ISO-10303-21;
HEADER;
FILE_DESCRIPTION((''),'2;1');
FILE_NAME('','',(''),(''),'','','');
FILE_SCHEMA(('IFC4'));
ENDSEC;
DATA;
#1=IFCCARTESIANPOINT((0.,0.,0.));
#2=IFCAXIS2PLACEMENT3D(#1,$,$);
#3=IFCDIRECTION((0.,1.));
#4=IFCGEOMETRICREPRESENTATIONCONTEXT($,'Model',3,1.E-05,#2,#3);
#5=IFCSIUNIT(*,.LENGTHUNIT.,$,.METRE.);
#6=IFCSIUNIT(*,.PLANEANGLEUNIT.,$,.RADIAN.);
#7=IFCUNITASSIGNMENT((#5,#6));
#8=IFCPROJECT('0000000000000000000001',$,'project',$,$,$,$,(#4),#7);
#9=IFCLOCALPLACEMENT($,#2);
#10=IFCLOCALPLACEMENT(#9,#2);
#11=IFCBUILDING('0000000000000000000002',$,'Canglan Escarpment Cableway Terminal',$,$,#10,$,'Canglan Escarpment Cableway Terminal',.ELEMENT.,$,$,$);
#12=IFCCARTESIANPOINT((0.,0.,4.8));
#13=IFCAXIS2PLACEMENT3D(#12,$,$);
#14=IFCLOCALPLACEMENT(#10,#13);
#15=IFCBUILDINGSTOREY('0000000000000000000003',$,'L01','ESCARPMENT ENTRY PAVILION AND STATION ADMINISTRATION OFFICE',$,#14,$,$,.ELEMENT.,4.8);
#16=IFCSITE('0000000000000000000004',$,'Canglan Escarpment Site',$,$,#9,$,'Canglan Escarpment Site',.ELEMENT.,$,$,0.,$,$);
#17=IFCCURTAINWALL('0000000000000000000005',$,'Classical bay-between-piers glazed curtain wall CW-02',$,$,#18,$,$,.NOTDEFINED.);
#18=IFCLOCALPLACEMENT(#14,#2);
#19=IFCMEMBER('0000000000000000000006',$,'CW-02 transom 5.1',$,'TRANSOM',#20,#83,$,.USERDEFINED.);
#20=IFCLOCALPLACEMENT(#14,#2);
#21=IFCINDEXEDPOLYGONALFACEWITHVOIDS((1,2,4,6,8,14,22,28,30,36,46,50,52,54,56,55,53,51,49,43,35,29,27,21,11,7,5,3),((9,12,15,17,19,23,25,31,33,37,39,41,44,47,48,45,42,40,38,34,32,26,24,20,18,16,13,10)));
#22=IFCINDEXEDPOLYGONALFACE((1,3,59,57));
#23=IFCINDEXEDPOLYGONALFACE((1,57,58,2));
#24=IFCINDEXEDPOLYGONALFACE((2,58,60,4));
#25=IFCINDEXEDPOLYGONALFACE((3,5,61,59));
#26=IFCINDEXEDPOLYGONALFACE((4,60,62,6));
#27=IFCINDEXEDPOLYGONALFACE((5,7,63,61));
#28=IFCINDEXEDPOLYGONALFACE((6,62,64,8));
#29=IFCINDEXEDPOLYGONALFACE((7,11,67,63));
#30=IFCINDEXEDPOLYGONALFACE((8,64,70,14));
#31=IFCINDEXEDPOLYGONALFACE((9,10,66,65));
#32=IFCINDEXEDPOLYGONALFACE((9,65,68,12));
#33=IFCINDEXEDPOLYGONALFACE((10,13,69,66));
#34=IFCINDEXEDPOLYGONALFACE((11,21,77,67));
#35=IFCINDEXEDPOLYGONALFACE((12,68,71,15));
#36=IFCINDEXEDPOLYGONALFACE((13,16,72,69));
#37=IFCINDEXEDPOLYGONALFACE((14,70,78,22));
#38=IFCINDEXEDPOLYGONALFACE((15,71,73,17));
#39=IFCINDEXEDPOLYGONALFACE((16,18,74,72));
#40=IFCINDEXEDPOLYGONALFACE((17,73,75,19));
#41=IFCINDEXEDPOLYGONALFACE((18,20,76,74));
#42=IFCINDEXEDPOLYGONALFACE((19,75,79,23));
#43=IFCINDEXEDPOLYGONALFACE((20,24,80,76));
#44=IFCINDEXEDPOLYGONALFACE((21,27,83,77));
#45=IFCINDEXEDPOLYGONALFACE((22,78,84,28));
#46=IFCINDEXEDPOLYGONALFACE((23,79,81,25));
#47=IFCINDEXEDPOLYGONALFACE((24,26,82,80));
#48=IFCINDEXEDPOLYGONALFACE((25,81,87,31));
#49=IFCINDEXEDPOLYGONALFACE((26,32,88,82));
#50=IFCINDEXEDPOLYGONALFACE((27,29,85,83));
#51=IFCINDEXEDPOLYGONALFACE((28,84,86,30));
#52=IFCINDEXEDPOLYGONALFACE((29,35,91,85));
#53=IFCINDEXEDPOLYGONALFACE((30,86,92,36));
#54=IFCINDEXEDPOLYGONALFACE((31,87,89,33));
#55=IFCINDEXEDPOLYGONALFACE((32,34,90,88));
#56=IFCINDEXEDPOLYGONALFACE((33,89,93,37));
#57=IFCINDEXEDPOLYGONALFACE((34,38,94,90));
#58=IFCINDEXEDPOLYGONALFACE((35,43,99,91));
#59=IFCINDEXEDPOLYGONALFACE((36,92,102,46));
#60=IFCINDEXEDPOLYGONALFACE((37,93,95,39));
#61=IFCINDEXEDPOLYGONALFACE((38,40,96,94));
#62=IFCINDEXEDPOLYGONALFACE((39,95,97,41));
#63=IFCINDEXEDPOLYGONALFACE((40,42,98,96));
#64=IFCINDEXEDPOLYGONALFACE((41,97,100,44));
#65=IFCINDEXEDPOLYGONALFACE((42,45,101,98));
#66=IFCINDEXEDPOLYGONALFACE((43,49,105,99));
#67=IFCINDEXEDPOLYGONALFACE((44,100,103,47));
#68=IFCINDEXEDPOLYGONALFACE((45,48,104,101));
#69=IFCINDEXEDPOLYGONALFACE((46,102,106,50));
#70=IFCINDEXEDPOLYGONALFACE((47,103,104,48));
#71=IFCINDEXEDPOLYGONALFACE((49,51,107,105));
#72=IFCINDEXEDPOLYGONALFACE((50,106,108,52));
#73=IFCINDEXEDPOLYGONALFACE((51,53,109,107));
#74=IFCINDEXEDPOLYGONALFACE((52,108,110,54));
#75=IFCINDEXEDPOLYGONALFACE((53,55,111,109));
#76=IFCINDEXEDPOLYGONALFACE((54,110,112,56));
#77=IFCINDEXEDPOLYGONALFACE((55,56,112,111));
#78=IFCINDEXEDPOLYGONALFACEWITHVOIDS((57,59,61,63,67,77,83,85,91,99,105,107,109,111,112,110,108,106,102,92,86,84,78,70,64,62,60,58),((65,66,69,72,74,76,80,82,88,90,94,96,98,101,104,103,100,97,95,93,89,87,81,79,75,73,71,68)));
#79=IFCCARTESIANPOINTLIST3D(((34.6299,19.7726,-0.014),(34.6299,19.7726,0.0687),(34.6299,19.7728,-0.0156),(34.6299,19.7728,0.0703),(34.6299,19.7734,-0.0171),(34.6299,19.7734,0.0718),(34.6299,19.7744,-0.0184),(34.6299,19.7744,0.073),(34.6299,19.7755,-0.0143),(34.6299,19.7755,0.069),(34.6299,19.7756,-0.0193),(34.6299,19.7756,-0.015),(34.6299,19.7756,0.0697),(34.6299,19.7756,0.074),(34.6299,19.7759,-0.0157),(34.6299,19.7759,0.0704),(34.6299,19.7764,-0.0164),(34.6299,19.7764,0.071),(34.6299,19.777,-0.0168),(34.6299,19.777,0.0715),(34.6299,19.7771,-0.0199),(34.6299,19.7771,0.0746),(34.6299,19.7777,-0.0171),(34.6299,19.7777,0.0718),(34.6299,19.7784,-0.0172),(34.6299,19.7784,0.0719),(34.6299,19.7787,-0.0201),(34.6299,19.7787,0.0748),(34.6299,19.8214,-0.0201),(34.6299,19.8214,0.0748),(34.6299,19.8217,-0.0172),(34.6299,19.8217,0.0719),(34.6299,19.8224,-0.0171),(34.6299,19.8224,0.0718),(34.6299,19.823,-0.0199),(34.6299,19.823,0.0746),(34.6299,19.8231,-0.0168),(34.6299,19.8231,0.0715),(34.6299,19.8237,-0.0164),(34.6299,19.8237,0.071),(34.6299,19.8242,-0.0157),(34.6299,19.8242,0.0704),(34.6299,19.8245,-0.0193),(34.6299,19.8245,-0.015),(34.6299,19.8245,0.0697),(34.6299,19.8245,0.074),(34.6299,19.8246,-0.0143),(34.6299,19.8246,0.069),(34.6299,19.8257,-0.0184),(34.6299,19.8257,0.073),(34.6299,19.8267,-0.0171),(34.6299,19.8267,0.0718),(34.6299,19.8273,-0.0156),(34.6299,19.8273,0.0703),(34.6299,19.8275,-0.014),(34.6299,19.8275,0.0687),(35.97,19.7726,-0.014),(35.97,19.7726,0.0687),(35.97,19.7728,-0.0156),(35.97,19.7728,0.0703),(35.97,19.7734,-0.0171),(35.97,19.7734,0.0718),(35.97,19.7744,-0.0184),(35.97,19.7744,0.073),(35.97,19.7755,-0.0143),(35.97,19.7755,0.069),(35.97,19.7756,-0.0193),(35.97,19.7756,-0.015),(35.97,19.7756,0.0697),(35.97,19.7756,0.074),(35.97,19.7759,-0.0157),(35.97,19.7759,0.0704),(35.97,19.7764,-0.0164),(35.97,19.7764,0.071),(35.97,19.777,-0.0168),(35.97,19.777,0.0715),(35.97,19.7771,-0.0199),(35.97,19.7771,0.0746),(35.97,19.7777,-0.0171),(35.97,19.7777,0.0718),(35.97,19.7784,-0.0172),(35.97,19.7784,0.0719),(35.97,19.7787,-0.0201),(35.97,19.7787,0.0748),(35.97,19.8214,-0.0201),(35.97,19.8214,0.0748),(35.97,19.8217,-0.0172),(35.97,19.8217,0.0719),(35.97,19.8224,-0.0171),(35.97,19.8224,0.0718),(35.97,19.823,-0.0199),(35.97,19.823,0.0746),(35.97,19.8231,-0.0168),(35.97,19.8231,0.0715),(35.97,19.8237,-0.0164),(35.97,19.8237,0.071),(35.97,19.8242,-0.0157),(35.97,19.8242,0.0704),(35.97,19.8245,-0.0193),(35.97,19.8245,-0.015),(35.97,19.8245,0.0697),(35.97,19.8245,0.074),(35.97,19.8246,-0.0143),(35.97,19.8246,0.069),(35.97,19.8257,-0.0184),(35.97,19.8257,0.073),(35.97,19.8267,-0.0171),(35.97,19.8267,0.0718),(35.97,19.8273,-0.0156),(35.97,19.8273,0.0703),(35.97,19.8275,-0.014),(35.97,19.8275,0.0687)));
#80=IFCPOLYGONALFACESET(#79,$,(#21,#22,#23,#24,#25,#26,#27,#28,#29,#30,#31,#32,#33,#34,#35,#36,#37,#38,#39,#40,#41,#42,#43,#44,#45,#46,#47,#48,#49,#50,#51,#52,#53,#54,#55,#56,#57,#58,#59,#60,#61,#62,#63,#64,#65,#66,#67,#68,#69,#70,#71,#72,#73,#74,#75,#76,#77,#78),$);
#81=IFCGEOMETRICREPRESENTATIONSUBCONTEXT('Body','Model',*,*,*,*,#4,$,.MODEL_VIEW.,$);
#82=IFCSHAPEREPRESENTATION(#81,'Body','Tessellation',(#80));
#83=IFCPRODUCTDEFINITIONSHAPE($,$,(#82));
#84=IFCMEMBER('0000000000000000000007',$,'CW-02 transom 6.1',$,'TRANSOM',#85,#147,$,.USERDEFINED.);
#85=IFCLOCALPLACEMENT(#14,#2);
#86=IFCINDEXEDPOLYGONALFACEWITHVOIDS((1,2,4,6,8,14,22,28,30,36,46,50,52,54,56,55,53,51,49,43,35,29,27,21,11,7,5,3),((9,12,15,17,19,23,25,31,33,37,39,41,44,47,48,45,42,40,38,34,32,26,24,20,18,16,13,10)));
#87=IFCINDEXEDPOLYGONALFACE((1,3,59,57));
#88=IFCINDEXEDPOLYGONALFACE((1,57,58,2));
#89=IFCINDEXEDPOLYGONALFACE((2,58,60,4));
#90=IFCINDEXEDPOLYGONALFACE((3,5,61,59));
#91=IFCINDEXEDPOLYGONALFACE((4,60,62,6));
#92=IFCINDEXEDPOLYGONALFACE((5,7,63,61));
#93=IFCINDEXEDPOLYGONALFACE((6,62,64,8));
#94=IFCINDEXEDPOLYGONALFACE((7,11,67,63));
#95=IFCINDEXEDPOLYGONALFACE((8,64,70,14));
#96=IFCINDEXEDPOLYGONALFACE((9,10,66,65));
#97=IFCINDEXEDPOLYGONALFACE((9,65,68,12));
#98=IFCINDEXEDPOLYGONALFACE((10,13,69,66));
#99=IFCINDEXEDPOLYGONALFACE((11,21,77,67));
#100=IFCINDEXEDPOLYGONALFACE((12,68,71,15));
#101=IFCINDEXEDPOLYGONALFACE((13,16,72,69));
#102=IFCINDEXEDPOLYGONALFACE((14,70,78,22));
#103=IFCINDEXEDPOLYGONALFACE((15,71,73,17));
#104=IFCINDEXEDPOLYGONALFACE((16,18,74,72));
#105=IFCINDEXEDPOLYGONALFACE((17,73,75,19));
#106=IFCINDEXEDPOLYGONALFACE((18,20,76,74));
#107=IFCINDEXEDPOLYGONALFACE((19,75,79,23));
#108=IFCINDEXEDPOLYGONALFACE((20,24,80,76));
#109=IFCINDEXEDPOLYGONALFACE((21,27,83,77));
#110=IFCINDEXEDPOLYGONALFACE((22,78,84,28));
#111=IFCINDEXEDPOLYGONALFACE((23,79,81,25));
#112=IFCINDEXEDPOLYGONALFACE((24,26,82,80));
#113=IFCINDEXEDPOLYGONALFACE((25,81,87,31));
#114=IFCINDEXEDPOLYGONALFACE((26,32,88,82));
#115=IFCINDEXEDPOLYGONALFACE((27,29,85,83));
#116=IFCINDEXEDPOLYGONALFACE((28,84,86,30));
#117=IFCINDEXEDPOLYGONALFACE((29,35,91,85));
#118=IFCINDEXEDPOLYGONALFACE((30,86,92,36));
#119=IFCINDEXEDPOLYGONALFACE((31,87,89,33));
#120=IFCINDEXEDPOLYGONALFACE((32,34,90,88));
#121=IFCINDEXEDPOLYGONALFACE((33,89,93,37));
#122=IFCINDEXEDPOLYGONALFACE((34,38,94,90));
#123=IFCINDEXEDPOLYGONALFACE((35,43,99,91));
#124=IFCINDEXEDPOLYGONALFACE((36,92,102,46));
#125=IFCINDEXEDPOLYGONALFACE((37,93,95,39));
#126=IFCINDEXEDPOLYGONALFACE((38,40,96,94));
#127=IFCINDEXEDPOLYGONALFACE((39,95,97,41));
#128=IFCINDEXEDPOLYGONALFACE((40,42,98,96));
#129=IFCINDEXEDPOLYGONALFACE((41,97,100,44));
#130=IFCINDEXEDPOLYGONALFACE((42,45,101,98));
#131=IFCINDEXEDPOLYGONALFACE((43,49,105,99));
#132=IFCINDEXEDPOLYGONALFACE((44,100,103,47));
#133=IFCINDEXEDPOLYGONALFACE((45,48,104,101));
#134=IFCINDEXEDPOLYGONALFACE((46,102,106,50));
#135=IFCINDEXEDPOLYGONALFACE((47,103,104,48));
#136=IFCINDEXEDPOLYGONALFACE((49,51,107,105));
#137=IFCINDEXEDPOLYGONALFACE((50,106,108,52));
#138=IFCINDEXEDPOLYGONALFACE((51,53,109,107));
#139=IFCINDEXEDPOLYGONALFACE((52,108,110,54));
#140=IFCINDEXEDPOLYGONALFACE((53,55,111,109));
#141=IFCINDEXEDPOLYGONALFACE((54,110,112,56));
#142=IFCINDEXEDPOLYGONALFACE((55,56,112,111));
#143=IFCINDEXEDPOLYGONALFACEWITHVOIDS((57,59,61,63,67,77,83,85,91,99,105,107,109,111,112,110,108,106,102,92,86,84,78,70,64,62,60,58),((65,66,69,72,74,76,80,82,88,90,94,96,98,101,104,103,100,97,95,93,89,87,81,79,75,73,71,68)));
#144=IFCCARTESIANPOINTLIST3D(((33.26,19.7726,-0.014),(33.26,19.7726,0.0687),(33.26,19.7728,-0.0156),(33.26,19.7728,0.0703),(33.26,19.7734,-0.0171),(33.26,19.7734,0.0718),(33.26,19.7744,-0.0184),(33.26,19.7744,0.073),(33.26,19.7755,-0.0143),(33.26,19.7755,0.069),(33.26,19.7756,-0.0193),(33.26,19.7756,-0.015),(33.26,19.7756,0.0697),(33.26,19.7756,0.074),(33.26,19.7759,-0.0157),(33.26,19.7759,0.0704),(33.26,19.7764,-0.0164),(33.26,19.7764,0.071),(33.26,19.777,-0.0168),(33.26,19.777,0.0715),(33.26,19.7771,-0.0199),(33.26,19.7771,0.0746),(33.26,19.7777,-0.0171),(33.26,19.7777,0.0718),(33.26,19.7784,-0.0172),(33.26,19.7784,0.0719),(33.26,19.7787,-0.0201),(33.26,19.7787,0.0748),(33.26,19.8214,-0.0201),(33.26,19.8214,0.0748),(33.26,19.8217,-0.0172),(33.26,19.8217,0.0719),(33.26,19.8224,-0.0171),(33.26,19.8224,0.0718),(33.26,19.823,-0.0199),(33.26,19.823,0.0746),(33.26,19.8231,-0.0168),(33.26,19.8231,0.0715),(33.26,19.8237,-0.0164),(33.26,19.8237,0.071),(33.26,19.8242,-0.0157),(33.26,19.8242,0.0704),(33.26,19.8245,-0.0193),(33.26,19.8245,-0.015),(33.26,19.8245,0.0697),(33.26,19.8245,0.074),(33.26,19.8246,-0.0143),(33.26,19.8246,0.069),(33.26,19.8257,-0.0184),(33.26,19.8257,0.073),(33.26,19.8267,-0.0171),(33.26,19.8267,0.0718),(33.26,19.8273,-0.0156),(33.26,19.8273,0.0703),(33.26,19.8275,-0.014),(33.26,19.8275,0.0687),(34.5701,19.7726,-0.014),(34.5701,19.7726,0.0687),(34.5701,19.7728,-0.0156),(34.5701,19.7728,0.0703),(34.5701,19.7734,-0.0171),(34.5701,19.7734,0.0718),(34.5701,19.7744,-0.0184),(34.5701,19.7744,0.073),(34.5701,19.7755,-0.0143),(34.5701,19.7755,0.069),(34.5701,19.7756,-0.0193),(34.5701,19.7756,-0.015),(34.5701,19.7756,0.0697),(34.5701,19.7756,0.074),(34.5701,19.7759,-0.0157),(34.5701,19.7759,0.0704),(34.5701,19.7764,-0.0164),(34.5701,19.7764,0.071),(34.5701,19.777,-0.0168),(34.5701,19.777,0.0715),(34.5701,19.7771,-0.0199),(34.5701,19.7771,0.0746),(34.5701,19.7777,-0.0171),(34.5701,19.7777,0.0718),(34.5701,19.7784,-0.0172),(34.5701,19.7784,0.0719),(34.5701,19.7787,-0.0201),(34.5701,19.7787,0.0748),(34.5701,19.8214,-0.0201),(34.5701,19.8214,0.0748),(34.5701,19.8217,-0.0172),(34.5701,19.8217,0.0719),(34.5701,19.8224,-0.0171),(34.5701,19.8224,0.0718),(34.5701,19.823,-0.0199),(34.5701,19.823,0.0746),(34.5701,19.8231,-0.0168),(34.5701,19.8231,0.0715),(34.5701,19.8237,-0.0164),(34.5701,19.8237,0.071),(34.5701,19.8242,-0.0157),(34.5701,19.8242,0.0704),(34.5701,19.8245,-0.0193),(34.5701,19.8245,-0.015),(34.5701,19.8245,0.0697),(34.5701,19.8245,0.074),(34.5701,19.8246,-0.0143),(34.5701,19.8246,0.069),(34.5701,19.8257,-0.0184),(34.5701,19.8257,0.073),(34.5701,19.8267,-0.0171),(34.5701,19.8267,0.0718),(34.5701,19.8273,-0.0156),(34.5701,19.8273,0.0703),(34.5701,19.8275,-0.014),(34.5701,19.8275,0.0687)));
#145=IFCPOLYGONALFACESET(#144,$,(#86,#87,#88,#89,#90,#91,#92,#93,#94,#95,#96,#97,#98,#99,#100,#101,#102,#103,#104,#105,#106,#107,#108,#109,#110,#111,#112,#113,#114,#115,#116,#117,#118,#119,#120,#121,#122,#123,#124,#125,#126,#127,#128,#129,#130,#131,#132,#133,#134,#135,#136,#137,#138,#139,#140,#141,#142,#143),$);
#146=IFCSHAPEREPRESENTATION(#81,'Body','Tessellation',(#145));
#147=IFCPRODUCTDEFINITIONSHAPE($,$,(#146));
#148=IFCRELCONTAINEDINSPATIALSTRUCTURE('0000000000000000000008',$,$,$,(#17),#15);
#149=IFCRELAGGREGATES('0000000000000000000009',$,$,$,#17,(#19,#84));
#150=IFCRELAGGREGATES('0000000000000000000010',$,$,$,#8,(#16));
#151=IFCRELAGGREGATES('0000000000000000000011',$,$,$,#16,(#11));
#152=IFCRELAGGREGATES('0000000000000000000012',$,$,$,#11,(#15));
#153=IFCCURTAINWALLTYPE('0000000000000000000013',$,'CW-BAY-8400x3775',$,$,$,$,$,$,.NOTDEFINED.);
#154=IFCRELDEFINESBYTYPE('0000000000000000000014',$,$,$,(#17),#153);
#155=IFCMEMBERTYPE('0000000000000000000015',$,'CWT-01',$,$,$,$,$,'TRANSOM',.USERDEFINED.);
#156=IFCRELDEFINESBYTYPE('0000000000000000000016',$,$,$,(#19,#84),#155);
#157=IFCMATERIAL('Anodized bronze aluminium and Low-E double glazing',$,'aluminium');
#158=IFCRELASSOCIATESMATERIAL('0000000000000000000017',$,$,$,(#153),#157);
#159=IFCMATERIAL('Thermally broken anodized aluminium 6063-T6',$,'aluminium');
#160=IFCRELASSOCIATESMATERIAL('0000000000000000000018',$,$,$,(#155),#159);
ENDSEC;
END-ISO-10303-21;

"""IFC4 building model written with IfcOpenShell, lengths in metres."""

from ifc_helpers import new_model, si_unit, direction, frame, origin, origin_2d, place, context, subcontext, project, spatial, hollow_rectangle, extrude, material, material_profile, profile_set, type_object, element, aggregate, save


model = new_model("IFC4")

# Units and contexts
model_context = context("Model", 3, precision=1e-05, world=origin(), true_north=direction((0.0, 1.0)))
body_context = subcontext(model_context, "Body", "Model", "MODEL_VIEW")
ifc_project = project(units=[si_unit("LENGTHUNIT", "METRE"), si_unit("PLANEANGLEUNIT", "RADIAN")], contexts=[model_context])

# Site, building, storey
site_placement = place(None, origin())
site = spatial("IfcSite", under=ifc_project, at=site_placement, Name="Canglan Escarpment Site", LongName="Canglan Escarpment Site", CompositionType="ELEMENT", RefElevation=0.0)
building_placement = place(site_placement, origin())
building = spatial("IfcBuilding", under=site, at=building_placement, Name="Canglan Escarpment Cableway Terminal", LongName="Canglan Escarpment Cableway Terminal", CompositionType="ELEMENT")
storey_placement = place(building_placement, frame((0.0, 0.0, 4.8)))
storey = spatial("IfcBuildingStorey", under=building, at=storey_placement, Name="L01", Description="ESCARPMENT ENTRY PAVILION AND STATION ADMINISTRATION OFFICE", CompositionType="ELEMENT", Elevation=4.8)

# Curtain wall, members
ifc_material_1 = material(Name="Anodized bronze aluminium and Low-E double glazing", Category="aluminium")
curtain_wall_type = type_object("IfcCurtainWallType", Name="CW-BAY-8400x3775", PredefinedType="NOTDEFINED", material=ifc_material_1)
curtain_wall_placement = place(storey_placement, origin())
curtain_wall = element("IfcCurtainWall", 1, at=curtain_wall_placement, inside=storey, type_object=curtain_wall_type, Name="Classical bay-between-piers glazed curtain wall CW-02", PredefinedType="NOTDEFINED")
ifc_material_2 = material(Name="Thermally broken anodized aluminium 6063-T6", Category="aluminium")
ifc_material_profile_1 = material_profile(ifc_material_2, hollow_rectangle(XDim=0.0549, YDim=0.095, WallThickness=0.0029, InnerFilletRadius=0.0029, OuterFilletRadius=0.0061, at=origin_2d()), Name="ALU-TRAN 55x95x3")
ifc_profile_set_1 = profile_set([ifc_material_profile_1], Name="Thermally broken anodized aluminium 6063-T6")
member_type_1 = type_object("IfcMemberType", Name="CWT-01", ElementType="TRANSOM", PredefinedType="USERDEFINED", material=ifc_profile_set_1)
member_1_placement = place(storey_placement, frame((35.97, 19.8, 0.0273), z_axis=(-1.0, 0.0, 0.0), x_axis=(0.0, -1.0, 0.0)))
member_1 = element("IfcMember", 2, at=member_1_placement, type_object=member_type_1, Name="CW-02 transom 5.1", ObjectType="TRANSOM", PredefinedType="USERDEFINED", context=body_context, shape_type="SweptSolid", body=[
    extrude(hollow_rectangle(XDim=0.0549, YDim=0.095, WallThickness=0.0029, InnerFilletRadius=0.0029, OuterFilletRadius=0.0061, at=origin_2d()), origin(), (0.0, 0.0, 1.0), 1.3401),
])
member_2_placement = place(storey_placement, frame((34.5701, 19.8, 0.0273), z_axis=(-1.0, 0.0, 0.0), x_axis=(0.0, -1.0, 0.0)))
member_2 = element("IfcMember", 3, at=member_2_placement, type_object=member_type_1, Name="CW-02 transom 6.1", ObjectType="TRANSOM", PredefinedType="USERDEFINED", context=body_context, shape_type="SweptSolid", body=[
    extrude(hollow_rectangle(XDim=0.0549, YDim=0.095, WallThickness=0.0029, InnerFilletRadius=0.0029, OuterFilletRadius=0.0061, at=origin_2d()), origin(), (0.0, 0.0, 1.0), 1.3101),
])

aggregate(curtain_wall, [member_1, member_2])

save(model, "model.ifc")
